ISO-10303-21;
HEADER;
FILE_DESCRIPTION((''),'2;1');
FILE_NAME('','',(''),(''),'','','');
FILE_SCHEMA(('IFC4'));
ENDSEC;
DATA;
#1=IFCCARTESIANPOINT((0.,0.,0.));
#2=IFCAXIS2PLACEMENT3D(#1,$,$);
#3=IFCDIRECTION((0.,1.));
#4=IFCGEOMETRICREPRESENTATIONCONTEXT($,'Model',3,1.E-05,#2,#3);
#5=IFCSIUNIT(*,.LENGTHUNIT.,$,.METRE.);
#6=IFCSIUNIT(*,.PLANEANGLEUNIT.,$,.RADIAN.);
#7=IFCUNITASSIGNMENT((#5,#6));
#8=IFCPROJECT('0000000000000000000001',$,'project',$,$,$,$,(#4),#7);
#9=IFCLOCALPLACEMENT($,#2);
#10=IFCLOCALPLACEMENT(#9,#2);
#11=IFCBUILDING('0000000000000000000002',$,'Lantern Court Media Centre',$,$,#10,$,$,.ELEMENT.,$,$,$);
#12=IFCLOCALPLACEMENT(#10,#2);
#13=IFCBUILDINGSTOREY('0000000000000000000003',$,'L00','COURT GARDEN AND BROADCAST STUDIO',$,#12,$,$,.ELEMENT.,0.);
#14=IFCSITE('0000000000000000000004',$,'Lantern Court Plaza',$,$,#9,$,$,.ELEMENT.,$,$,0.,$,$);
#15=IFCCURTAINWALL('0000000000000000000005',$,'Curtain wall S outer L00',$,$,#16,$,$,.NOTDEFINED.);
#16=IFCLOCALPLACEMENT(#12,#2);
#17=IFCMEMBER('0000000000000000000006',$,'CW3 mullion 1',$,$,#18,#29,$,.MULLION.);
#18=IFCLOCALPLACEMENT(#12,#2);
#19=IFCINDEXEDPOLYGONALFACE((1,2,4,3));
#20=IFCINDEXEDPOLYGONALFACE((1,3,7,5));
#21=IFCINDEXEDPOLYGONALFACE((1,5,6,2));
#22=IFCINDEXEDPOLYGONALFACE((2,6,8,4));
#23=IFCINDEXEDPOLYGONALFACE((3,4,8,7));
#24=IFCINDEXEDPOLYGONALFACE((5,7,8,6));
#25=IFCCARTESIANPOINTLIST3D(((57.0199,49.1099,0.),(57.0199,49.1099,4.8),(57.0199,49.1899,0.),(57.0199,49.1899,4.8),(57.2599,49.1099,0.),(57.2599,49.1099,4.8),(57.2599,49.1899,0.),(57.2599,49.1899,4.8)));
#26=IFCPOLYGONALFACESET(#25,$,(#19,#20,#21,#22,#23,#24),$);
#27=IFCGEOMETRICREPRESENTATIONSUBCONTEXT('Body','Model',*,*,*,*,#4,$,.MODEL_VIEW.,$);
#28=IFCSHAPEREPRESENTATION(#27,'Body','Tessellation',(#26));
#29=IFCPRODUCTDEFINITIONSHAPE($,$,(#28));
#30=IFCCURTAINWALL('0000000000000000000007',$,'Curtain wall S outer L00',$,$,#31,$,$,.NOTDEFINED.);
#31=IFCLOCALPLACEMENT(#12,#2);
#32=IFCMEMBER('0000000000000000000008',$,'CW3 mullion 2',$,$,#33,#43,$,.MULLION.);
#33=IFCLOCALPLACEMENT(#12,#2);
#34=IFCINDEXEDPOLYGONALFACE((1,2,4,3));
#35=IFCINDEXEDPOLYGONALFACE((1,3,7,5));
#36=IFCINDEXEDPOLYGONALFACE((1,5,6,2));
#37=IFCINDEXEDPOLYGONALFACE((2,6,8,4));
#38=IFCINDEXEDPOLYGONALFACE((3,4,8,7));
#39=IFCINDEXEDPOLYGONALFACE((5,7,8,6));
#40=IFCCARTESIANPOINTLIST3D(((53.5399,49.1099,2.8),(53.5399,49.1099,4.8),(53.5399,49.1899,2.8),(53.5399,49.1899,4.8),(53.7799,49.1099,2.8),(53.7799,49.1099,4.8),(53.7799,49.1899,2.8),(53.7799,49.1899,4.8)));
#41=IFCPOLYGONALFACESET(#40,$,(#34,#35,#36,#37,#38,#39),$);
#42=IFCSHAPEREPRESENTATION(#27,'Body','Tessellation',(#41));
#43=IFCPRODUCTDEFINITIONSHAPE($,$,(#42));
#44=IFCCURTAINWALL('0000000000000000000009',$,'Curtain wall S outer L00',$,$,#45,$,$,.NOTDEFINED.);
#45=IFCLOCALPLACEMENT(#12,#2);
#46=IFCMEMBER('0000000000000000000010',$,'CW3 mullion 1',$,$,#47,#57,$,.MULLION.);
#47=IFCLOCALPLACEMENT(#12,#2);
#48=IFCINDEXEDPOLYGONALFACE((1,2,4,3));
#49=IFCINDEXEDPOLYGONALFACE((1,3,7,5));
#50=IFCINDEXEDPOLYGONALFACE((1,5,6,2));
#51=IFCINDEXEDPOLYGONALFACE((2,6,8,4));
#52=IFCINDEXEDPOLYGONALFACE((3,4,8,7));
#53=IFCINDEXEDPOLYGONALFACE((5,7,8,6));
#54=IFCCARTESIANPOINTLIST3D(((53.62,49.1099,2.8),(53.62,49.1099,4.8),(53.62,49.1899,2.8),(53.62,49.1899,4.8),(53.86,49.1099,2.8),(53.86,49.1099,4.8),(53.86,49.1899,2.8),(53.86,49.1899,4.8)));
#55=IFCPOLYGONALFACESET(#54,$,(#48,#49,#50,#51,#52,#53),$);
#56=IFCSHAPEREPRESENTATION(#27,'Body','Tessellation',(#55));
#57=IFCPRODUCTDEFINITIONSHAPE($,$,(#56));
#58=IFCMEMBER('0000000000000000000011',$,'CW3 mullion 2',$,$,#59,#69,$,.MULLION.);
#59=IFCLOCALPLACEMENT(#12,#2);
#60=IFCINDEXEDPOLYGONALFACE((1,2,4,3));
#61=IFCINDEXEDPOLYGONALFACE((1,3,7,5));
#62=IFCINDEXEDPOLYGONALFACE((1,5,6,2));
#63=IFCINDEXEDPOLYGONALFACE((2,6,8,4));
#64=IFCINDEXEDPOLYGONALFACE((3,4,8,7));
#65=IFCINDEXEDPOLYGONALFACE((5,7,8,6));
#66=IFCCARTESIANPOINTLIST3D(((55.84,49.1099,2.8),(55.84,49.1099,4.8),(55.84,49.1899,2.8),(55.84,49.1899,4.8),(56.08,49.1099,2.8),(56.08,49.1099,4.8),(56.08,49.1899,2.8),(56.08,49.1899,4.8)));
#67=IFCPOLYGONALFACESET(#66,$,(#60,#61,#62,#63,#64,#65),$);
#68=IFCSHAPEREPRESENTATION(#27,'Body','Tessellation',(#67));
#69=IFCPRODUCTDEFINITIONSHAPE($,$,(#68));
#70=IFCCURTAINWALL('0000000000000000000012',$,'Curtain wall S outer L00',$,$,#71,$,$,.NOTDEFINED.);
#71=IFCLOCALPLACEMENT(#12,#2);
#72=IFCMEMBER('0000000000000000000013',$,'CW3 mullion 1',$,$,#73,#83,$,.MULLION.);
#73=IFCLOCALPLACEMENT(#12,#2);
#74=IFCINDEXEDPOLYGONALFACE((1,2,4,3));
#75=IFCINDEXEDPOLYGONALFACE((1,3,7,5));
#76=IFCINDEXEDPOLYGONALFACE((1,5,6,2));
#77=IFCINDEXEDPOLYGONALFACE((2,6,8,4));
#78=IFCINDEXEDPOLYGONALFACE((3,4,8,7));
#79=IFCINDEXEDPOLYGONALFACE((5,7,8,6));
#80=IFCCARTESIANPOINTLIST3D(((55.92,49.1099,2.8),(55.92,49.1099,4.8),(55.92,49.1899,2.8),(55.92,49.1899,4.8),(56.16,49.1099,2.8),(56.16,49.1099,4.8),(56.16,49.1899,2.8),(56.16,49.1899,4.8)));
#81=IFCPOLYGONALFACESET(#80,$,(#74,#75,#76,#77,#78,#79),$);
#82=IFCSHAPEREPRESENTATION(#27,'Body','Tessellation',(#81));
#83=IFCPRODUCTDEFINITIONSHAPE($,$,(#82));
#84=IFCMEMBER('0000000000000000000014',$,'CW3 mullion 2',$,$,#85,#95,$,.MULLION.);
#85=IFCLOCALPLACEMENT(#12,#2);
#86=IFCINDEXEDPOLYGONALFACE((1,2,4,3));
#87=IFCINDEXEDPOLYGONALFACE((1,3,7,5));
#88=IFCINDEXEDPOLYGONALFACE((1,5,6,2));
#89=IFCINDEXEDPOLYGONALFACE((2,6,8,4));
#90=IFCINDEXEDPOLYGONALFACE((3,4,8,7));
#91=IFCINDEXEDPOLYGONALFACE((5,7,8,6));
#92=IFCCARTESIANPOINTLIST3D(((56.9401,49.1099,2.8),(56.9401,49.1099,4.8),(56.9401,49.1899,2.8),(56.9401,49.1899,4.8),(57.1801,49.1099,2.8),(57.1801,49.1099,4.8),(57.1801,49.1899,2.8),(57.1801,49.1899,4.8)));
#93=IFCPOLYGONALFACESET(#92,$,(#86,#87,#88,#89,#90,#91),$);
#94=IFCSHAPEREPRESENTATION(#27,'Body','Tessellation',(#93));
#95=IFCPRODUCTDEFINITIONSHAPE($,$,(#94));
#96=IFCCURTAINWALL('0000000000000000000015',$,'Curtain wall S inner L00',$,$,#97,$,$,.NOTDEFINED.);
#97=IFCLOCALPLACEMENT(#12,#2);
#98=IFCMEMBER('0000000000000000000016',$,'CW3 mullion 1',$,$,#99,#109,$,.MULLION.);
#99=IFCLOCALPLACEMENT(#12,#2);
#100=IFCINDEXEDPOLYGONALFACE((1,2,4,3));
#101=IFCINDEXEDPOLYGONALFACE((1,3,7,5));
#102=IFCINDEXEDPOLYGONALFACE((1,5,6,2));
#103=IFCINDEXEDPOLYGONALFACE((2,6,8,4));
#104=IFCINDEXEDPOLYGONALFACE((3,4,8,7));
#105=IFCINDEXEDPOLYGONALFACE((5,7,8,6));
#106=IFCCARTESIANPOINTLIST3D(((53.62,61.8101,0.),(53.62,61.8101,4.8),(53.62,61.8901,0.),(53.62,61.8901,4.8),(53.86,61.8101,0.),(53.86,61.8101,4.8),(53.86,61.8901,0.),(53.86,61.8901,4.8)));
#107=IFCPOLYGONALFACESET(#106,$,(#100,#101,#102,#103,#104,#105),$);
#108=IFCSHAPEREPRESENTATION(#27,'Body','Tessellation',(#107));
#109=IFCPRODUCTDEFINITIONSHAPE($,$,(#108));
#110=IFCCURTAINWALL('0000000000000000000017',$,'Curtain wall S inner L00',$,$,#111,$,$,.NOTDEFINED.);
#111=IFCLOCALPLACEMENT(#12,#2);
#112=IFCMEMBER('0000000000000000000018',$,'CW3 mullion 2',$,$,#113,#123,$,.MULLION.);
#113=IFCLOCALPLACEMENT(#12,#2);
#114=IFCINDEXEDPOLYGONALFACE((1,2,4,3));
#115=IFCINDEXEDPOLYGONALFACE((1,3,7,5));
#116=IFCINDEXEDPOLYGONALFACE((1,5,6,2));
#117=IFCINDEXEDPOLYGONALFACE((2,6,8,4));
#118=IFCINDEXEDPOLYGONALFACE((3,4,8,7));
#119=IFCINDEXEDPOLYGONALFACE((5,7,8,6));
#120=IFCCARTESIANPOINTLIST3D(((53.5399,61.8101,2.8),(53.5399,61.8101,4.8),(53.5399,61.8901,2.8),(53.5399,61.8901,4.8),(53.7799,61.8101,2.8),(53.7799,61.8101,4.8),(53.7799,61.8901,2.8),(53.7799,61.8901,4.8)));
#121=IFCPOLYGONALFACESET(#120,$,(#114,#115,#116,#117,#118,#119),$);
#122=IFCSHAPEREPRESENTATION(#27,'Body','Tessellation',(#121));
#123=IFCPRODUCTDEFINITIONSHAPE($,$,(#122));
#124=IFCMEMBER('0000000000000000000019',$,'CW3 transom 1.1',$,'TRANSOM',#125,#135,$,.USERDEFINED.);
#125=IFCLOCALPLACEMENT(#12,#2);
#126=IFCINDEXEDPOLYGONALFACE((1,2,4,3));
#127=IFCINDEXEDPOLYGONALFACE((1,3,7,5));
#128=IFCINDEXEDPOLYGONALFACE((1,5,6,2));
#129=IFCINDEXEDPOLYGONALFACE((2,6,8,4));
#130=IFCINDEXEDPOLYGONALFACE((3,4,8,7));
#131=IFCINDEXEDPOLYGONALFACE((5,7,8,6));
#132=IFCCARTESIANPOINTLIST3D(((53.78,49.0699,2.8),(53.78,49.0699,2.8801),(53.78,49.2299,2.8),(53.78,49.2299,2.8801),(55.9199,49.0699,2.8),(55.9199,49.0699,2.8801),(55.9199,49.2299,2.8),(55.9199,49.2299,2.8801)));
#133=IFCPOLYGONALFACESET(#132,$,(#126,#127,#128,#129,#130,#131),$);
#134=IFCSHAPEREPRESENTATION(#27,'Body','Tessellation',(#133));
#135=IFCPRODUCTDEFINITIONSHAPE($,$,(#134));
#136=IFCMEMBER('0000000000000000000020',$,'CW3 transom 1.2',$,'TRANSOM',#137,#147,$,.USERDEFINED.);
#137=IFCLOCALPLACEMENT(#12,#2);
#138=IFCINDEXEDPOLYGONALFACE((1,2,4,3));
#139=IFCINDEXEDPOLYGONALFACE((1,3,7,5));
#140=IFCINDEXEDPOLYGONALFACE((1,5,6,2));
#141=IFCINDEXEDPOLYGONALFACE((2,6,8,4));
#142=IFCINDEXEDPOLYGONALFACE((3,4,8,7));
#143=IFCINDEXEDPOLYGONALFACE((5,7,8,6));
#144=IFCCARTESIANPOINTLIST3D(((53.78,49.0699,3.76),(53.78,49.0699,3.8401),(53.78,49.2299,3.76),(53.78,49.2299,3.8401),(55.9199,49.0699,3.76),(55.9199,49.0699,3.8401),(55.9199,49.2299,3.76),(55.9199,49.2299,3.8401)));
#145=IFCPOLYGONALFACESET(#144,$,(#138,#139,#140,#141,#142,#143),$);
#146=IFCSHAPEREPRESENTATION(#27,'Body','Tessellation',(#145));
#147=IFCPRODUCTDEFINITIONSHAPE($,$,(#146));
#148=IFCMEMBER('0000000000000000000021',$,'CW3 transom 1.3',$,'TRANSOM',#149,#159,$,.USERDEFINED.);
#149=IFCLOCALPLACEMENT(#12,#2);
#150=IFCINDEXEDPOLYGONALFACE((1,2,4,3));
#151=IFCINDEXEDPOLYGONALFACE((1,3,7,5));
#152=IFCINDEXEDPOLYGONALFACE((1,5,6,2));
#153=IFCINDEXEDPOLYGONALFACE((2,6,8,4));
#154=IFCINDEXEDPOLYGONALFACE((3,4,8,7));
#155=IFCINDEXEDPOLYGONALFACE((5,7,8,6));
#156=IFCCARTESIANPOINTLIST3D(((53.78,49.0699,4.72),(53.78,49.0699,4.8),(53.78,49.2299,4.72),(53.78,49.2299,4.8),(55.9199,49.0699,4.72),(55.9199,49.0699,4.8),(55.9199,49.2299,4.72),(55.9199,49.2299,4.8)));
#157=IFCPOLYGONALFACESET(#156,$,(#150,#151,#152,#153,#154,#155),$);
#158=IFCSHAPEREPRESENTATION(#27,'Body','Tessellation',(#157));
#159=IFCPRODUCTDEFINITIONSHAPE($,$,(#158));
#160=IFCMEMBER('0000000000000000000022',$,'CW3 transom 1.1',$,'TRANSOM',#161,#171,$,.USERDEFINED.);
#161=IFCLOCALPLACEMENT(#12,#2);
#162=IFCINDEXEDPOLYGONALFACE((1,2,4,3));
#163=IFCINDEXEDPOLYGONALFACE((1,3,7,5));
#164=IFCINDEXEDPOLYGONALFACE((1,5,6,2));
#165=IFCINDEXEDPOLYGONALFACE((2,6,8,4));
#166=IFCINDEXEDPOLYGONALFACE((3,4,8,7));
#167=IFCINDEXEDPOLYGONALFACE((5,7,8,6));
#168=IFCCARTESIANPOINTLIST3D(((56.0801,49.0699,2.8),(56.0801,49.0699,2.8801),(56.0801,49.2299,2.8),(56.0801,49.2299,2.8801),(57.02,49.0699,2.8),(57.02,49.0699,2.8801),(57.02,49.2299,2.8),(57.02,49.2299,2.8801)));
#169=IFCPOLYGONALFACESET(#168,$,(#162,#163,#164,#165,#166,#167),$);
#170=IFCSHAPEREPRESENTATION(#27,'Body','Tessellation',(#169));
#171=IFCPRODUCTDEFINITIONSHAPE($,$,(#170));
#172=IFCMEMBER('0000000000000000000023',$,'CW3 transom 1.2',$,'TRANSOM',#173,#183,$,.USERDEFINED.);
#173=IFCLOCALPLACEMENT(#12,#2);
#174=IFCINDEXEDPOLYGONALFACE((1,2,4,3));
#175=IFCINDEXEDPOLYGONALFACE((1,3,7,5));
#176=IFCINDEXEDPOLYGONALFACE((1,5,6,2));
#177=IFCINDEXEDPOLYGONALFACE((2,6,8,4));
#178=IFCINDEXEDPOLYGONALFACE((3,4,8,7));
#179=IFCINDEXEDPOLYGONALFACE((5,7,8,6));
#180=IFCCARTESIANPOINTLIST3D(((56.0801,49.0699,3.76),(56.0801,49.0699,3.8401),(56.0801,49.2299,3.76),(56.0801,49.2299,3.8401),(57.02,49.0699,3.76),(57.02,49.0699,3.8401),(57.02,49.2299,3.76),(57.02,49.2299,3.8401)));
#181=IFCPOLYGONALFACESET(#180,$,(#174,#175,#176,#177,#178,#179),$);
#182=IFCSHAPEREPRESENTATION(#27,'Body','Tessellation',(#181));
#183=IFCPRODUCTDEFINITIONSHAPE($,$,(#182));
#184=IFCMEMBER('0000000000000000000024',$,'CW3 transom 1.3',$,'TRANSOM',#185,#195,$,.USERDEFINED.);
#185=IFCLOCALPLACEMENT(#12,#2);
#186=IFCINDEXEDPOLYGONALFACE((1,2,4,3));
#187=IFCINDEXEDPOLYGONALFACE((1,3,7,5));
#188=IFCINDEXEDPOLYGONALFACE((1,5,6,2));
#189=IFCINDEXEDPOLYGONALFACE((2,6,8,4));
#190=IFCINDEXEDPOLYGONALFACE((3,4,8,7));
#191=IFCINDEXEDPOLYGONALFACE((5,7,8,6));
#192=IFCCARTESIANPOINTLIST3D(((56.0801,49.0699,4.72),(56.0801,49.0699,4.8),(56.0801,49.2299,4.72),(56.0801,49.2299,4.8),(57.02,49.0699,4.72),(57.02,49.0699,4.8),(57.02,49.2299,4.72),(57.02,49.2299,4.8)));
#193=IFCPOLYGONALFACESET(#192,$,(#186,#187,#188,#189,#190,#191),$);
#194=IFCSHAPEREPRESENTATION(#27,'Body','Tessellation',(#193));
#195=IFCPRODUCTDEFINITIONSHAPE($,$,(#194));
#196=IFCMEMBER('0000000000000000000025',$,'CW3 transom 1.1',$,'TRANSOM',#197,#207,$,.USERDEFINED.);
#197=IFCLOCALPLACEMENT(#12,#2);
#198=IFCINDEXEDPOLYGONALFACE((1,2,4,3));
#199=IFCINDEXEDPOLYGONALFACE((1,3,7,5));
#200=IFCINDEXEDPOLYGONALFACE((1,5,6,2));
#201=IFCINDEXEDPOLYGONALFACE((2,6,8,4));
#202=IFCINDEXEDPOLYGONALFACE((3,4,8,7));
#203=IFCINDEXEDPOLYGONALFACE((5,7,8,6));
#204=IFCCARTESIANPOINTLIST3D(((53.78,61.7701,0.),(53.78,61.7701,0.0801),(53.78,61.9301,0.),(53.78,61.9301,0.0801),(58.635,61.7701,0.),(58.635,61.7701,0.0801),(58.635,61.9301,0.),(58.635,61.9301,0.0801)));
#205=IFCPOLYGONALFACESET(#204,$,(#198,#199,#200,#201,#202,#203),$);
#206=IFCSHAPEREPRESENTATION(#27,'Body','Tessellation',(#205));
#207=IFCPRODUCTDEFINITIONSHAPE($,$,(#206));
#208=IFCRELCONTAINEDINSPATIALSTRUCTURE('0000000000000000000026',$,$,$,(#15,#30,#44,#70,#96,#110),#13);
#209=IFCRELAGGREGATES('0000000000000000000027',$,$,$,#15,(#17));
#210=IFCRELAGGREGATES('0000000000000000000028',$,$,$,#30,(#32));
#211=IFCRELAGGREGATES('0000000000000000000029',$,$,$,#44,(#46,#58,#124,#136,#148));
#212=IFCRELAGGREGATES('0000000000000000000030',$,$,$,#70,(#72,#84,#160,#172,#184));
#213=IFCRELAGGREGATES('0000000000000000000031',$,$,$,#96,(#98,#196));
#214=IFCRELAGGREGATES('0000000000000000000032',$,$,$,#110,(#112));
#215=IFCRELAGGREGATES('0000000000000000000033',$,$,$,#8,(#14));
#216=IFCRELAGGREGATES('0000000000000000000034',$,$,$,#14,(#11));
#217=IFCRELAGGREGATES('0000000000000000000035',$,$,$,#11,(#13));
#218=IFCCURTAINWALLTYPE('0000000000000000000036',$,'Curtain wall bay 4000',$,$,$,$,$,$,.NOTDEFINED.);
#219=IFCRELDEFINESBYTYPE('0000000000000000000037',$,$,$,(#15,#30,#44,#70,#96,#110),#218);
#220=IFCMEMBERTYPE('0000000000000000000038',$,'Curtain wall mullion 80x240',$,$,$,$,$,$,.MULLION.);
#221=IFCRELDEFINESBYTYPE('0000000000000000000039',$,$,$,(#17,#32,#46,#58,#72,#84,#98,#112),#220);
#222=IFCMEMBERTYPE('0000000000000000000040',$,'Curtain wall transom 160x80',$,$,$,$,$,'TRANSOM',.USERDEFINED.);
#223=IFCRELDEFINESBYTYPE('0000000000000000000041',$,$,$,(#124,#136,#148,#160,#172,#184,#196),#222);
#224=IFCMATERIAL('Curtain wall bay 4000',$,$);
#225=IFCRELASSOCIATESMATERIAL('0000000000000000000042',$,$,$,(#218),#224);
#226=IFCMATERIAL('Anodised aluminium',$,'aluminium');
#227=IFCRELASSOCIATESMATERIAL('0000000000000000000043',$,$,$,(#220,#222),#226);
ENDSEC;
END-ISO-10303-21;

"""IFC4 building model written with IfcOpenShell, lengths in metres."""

from ifc_helpers import new_model, si_unit, direction, frame, origin, origin_2d, place, context, subcontext, project, spatial, rectangle, extrude, material, material_profile, profile_set, type_object, element, aggregate, save


model = new_model("IFC4")

# Units and contexts
model_context = context("Model", 3, precision=1e-05, world=origin(), true_north=direction((0.0, 1.0)))
body_context = subcontext(model_context, "Body", "Model", "MODEL_VIEW")
ifc_project = project(units=[si_unit("LENGTHUNIT", "METRE"), si_unit("PLANEANGLEUNIT", "RADIAN")], contexts=[model_context])

# Site, building, storey
site_placement = place(None, origin())
site = spatial("IfcSite", under=ifc_project, at=site_placement, Name="Lantern Court Plaza", CompositionType="ELEMENT", RefElevation=0.0)
building_placement = place(site_placement, origin())
building = spatial("IfcBuilding", under=site, at=building_placement, Name="Lantern Court Media Centre", CompositionType="ELEMENT")
storey_placement = place(building_placement, origin())
storey = spatial("IfcBuildingStorey", under=building, at=storey_placement, Name="L00", Description="COURT GARDEN AND BROADCAST STUDIO", CompositionType="ELEMENT", Elevation=0.0)

# Curtain walls, members
ifc_material_1 = material(Name="Curtain wall bay 4000")
curtain_wall_type = type_object("IfcCurtainWallType", Name="Curtain wall bay 4000", PredefinedType="NOTDEFINED", material=ifc_material_1)
curtain_wall_1_placement = place(storey_placement, origin())
curtain_wall_1 = element("IfcCurtainWall", 1, at=curtain_wall_1_placement, inside=storey, type_object=curtain_wall_type, Name="Curtain wall S outer L00", PredefinedType="NOTDEFINED")
ifc_material_2 = material(Name="Anodised aluminium", Category="aluminium")
ifc_material_profile_1 = material_profile(ifc_material_2, rectangle(XDim=0.0801, YDim=0.24, at=origin_2d()), Name="AL 80x240")
ifc_profile_set_1 = profile_set([ifc_material_profile_1], Name="Anodised aluminium")
member_type_1 = type_object("IfcMemberType", Name="Curtain wall mullion 80x240", PredefinedType="MULLION", material=ifc_profile_set_1)
member_1_placement = place(storey_placement, frame((57.1399, 49.1499, 0.0), z_axis=(0.0, 0.0, 1.0), x_axis=(0.0, 1.0, 0.0)))
member_1 = element("IfcMember", 2, at=member_1_placement, type_object=member_type_1, Name="CW3 mullion 1", PredefinedType="MULLION", context=body_context, shape_type="SweptSolid", body=[
    extrude(rectangle(XDim=0.0801, YDim=0.24, at=origin_2d()), origin(), (0.0, 0.0, 1.0), 4.8),
])
aggregate(curtain_wall_1, [member_1])
curtain_wall_2_placement = place(storey_placement, origin())
curtain_wall_2 = element("IfcCurtainWall", 3, at=curtain_wall_2_placement, inside=storey, type_object=curtain_wall_type, Name="Curtain wall S outer L00", PredefinedType="NOTDEFINED")
member_2_placement = place(storey_placement, frame((53.6599, 49.1499, 2.8), z_axis=(0.0, 0.0, 1.0), x_axis=(0.0, 1.0, 0.0)))
member_2 = element("IfcMember", 4, at=member_2_placement, type_object=member_type_1, Name="CW3 mullion 2", PredefinedType="MULLION", context=body_context, shape_type="SweptSolid", body=[
    extrude(rectangle(XDim=0.0801, YDim=0.24, at=origin_2d()), origin(), (0.0, 0.0, 1.0), 2.0),
])

# Curtain walls, members
curtain_wall_3_placement = place(storey_placement, origin())
curtain_wall_3 = element("IfcCurtainWall", 5, at=curtain_wall_3_placement, inside=storey, type_object=curtain_wall_type, Name="Curtain wall S outer L00", PredefinedType="NOTDEFINED")
member_3_placement = place(storey_placement, frame((53.74, 49.1499, 2.8), z_axis=(0.0, 0.0, 1.0), x_axis=(0.0, 1.0, 0.0)))
member_3 = element("IfcMember", 6, at=member_3_placement, type_object=member_type_1, Name="CW3 mullion 1", PredefinedType="MULLION", context=body_context, shape_type="SweptSolid", body=[
    extrude(rectangle(XDim=0.0801, YDim=0.24, at=origin_2d()), origin(), (0.0, 0.0, 1.0), 2.0),
])
member_4_placement = place(storey_placement, frame((55.96, 49.1499, 2.8), z_axis=(0.0, 0.0, 1.0), x_axis=(0.0, 1.0, 0.0)))
member_4 = element("IfcMember", 7, at=member_4_placement, type_object=member_type_1, Name="CW3 mullion 2", PredefinedType="MULLION", context=body_context, shape_type="SweptSolid", body=[
    extrude(rectangle(XDim=0.0801, YDim=0.24, at=origin_2d()), origin(), (0.0, 0.0, 1.0), 2.0),
])
curtain_wall_4_placement = place(storey_placement, origin())
curtain_wall_4 = element("IfcCurtainWall", 8, at=curtain_wall_4_placement, inside=storey, type_object=curtain_wall_type, Name="Curtain wall S outer L00", PredefinedType="NOTDEFINED")
member_5_placement = place(storey_placement, frame((56.04, 49.1499, 2.8), z_axis=(0.0, 0.0, 1.0), x_axis=(0.0, 1.0, 0.0)))
member_5 = element("IfcMember", 9, at=member_5_placement, type_object=member_type_1, Name="CW3 mullion 1", PredefinedType="MULLION", context=body_context, shape_type="SweptSolid", body=[
    extrude(rectangle(XDim=0.0801, YDim=0.24, at=origin_2d()), origin(), (0.0, 0.0, 1.0), 2.0),
])
member_6_placement = place(storey_placement, frame((57.0601, 49.1499, 2.8), z_axis=(0.0, 0.0, 1.0), x_axis=(0.0, 1.0, 0.0)))
member_6 = element("IfcMember", 10, at=member_6_placement, type_object=member_type_1, Name="CW3 mullion 2", PredefinedType="MULLION", context=body_context, shape_type="SweptSolid", body=[
    extrude(rectangle(XDim=0.0801, YDim=0.24, at=origin_2d()), origin(), (0.0, 0.0, 1.0), 2.0),
])

# Curtain walls, members
curtain_wall_5_placement = place(storey_placement, origin())
curtain_wall_5 = element("IfcCurtainWall", 11, at=curtain_wall_5_placement, inside=storey, type_object=curtain_wall_type, Name="Curtain wall S inner L00", PredefinedType="NOTDEFINED")
member_7_placement = place(storey_placement, frame((53.74, 61.8501, 0.0), z_axis=(0.0, 0.0, 1.0), x_axis=(0.0, 1.0, 0.0)))
member_7 = element("IfcMember", 12, at=member_7_placement, type_object=member_type_1, Name="CW3 mullion 1", PredefinedType="MULLION", context=body_context, shape_type="SweptSolid", body=[
    extrude(rectangle(XDim=0.0801, YDim=0.24, at=origin_2d()), origin(), (0.0, 0.0, 1.0), 4.8),
])
curtain_wall_6_placement = place(storey_placement, origin())
curtain_wall_6 = element("IfcCurtainWall", 13, at=curtain_wall_6_placement, inside=storey, type_object=curtain_wall_type, Name="Curtain wall S inner L00", PredefinedType="NOTDEFINED")
member_8_placement = place(storey_placement, frame((53.6599, 61.8501, 2.8), z_axis=(0.0, 0.0, 1.0), x_axis=(0.0, 1.0, 0.0)))
member_8 = element("IfcMember", 14, at=member_8_placement, type_object=member_type_1, Name="CW3 mullion 2", PredefinedType="MULLION", context=body_context, shape_type="SweptSolid", body=[
    extrude(rectangle(XDim=0.0801, YDim=0.24, at=origin_2d()), origin(), (0.0, 0.0, 1.0), 2.0),
])

# Members
ifc_material_profile_2 = material_profile(ifc_material_2, rectangle(XDim=0.1599, YDim=0.0801, at=origin_2d()), Name="AL 80x160")
ifc_profile_set_2 = profile_set([ifc_material_profile_2], Name="Anodised aluminium")
member_type_2 = type_object("IfcMemberType", Name="Curtain wall transom 160x80", ElementType="TRANSOM", PredefinedType="USERDEFINED", material=ifc_profile_set_2)
member_9_placement = place(storey_placement, frame((53.78, 49.1499, 2.8401), z_axis=(1.0, 0.0, 0.0), x_axis=(0.0, 1.0, 0.0)))
member_9 = element("IfcMember", 15, at=member_9_placement, type_object=member_type_2, Name="CW3 transom 1.1", ObjectType="TRANSOM", PredefinedType="USERDEFINED", context=body_context, shape_type="SweptSolid", body=[
    extrude(rectangle(XDim=0.1599, YDim=0.0801, at=origin_2d()), origin(), (0.0, 0.0, 1.0), 2.1399),
])
member_10_placement = place(storey_placement, frame((53.78, 49.1499, 3.8), z_axis=(1.0, 0.0, 0.0), x_axis=(0.0, 1.0, 0.0)))
member_10 = element("IfcMember", 16, at=member_10_placement, type_object=member_type_2, Name="CW3 transom 1.2", ObjectType="TRANSOM", PredefinedType="USERDEFINED", context=body_context, shape_type="SweptSolid", body=[
    extrude(rectangle(XDim=0.1599, YDim=0.0801, at=origin_2d()), origin(), (0.0, 0.0, 1.0), 2.1399),
])
member_11_placement = place(storey_placement, frame((53.78, 49.1499, 4.76), z_axis=(1.0, 0.0, 0.0), x_axis=(0.0, 1.0, 0.0)))
member_11 = element("IfcMember", 17, at=member_11_placement, type_object=member_type_2, Name="CW3 transom 1.3", ObjectType="TRANSOM", PredefinedType="USERDEFINED", context=body_context, shape_type="SweptSolid", body=[
    extrude(rectangle(XDim=0.1599, YDim=0.0801, at=origin_2d()), origin(), (0.0, 0.0, 1.0), 2.1399),
])
member_12_placement = place(storey_placement, frame((56.0801, 49.1499, 2.8401), z_axis=(1.0, 0.0, 0.0), x_axis=(0.0, 1.0, 0.0)))
member_12 = element("IfcMember", 18, at=member_12_placement, type_object=member_type_2, Name="CW3 transom 1.1", ObjectType="TRANSOM", PredefinedType="USERDEFINED", context=body_context, shape_type="SweptSolid", body=[
    extrude(rectangle(XDim=0.1599, YDim=0.0801, at=origin_2d()), origin(), (0.0, 0.0, 1.0), 0.9399),
])
member_13_placement = place(storey_placement, frame((56.0801, 49.1499, 3.8), z_axis=(1.0, 0.0, 0.0), x_axis=(0.0, 1.0, 0.0)))
member_13 = element("IfcMember", 19, at=member_13_placement, type_object=member_type_2, Name="CW3 transom 1.2", ObjectType="TRANSOM", PredefinedType="USERDEFINED", context=body_context, shape_type="SweptSolid", body=[
    extrude(rectangle(XDim=0.1599, YDim=0.0801, at=origin_2d()), origin(), (0.0, 0.0, 1.0), 0.9399),
])
member_14_placement = place(storey_placement, frame((56.0801, 49.1499, 4.76), z_axis=(1.0, 0.0, 0.0), x_axis=(0.0, 1.0, 0.0)))
member_14 = element("IfcMember", 20, at=member_14_placement, type_object=member_type_2, Name="CW3 transom 1.3", ObjectType="TRANSOM", PredefinedType="USERDEFINED", context=body_context, shape_type="SweptSolid", body=[
    extrude(rectangle(XDim=0.1599, YDim=0.0801, at=origin_2d()), origin(), (0.0, 0.0, 1.0), 0.9399),
])
member_15_placement = place(storey_placement, frame((53.78, 61.8501, 0.04), z_axis=(1.0, 0.0, 0.0), x_axis=(0.0, 1.0, 0.0)))
member_15 = element("IfcMember", 21, at=member_15_placement, type_object=member_type_2, Name="CW3 transom 1.1", ObjectType="TRANSOM", PredefinedType="USERDEFINED", context=body_context, shape_type="SweptSolid", body=[
    extrude(rectangle(XDim=0.1599, YDim=0.0801, at=origin_2d()), origin(), (0.0, 0.0, 1.0), 4.855),
])

aggregate(curtain_wall_2, [member_2])
aggregate(curtain_wall_3, [member_3, member_4, member_9, member_10, member_11])
aggregate(curtain_wall_4, [member_5, member_6, member_12, member_13, member_14])
aggregate(curtain_wall_5, [member_7, member_15])
aggregate(curtain_wall_6, [member_8])

save(model, "model.ifc")
